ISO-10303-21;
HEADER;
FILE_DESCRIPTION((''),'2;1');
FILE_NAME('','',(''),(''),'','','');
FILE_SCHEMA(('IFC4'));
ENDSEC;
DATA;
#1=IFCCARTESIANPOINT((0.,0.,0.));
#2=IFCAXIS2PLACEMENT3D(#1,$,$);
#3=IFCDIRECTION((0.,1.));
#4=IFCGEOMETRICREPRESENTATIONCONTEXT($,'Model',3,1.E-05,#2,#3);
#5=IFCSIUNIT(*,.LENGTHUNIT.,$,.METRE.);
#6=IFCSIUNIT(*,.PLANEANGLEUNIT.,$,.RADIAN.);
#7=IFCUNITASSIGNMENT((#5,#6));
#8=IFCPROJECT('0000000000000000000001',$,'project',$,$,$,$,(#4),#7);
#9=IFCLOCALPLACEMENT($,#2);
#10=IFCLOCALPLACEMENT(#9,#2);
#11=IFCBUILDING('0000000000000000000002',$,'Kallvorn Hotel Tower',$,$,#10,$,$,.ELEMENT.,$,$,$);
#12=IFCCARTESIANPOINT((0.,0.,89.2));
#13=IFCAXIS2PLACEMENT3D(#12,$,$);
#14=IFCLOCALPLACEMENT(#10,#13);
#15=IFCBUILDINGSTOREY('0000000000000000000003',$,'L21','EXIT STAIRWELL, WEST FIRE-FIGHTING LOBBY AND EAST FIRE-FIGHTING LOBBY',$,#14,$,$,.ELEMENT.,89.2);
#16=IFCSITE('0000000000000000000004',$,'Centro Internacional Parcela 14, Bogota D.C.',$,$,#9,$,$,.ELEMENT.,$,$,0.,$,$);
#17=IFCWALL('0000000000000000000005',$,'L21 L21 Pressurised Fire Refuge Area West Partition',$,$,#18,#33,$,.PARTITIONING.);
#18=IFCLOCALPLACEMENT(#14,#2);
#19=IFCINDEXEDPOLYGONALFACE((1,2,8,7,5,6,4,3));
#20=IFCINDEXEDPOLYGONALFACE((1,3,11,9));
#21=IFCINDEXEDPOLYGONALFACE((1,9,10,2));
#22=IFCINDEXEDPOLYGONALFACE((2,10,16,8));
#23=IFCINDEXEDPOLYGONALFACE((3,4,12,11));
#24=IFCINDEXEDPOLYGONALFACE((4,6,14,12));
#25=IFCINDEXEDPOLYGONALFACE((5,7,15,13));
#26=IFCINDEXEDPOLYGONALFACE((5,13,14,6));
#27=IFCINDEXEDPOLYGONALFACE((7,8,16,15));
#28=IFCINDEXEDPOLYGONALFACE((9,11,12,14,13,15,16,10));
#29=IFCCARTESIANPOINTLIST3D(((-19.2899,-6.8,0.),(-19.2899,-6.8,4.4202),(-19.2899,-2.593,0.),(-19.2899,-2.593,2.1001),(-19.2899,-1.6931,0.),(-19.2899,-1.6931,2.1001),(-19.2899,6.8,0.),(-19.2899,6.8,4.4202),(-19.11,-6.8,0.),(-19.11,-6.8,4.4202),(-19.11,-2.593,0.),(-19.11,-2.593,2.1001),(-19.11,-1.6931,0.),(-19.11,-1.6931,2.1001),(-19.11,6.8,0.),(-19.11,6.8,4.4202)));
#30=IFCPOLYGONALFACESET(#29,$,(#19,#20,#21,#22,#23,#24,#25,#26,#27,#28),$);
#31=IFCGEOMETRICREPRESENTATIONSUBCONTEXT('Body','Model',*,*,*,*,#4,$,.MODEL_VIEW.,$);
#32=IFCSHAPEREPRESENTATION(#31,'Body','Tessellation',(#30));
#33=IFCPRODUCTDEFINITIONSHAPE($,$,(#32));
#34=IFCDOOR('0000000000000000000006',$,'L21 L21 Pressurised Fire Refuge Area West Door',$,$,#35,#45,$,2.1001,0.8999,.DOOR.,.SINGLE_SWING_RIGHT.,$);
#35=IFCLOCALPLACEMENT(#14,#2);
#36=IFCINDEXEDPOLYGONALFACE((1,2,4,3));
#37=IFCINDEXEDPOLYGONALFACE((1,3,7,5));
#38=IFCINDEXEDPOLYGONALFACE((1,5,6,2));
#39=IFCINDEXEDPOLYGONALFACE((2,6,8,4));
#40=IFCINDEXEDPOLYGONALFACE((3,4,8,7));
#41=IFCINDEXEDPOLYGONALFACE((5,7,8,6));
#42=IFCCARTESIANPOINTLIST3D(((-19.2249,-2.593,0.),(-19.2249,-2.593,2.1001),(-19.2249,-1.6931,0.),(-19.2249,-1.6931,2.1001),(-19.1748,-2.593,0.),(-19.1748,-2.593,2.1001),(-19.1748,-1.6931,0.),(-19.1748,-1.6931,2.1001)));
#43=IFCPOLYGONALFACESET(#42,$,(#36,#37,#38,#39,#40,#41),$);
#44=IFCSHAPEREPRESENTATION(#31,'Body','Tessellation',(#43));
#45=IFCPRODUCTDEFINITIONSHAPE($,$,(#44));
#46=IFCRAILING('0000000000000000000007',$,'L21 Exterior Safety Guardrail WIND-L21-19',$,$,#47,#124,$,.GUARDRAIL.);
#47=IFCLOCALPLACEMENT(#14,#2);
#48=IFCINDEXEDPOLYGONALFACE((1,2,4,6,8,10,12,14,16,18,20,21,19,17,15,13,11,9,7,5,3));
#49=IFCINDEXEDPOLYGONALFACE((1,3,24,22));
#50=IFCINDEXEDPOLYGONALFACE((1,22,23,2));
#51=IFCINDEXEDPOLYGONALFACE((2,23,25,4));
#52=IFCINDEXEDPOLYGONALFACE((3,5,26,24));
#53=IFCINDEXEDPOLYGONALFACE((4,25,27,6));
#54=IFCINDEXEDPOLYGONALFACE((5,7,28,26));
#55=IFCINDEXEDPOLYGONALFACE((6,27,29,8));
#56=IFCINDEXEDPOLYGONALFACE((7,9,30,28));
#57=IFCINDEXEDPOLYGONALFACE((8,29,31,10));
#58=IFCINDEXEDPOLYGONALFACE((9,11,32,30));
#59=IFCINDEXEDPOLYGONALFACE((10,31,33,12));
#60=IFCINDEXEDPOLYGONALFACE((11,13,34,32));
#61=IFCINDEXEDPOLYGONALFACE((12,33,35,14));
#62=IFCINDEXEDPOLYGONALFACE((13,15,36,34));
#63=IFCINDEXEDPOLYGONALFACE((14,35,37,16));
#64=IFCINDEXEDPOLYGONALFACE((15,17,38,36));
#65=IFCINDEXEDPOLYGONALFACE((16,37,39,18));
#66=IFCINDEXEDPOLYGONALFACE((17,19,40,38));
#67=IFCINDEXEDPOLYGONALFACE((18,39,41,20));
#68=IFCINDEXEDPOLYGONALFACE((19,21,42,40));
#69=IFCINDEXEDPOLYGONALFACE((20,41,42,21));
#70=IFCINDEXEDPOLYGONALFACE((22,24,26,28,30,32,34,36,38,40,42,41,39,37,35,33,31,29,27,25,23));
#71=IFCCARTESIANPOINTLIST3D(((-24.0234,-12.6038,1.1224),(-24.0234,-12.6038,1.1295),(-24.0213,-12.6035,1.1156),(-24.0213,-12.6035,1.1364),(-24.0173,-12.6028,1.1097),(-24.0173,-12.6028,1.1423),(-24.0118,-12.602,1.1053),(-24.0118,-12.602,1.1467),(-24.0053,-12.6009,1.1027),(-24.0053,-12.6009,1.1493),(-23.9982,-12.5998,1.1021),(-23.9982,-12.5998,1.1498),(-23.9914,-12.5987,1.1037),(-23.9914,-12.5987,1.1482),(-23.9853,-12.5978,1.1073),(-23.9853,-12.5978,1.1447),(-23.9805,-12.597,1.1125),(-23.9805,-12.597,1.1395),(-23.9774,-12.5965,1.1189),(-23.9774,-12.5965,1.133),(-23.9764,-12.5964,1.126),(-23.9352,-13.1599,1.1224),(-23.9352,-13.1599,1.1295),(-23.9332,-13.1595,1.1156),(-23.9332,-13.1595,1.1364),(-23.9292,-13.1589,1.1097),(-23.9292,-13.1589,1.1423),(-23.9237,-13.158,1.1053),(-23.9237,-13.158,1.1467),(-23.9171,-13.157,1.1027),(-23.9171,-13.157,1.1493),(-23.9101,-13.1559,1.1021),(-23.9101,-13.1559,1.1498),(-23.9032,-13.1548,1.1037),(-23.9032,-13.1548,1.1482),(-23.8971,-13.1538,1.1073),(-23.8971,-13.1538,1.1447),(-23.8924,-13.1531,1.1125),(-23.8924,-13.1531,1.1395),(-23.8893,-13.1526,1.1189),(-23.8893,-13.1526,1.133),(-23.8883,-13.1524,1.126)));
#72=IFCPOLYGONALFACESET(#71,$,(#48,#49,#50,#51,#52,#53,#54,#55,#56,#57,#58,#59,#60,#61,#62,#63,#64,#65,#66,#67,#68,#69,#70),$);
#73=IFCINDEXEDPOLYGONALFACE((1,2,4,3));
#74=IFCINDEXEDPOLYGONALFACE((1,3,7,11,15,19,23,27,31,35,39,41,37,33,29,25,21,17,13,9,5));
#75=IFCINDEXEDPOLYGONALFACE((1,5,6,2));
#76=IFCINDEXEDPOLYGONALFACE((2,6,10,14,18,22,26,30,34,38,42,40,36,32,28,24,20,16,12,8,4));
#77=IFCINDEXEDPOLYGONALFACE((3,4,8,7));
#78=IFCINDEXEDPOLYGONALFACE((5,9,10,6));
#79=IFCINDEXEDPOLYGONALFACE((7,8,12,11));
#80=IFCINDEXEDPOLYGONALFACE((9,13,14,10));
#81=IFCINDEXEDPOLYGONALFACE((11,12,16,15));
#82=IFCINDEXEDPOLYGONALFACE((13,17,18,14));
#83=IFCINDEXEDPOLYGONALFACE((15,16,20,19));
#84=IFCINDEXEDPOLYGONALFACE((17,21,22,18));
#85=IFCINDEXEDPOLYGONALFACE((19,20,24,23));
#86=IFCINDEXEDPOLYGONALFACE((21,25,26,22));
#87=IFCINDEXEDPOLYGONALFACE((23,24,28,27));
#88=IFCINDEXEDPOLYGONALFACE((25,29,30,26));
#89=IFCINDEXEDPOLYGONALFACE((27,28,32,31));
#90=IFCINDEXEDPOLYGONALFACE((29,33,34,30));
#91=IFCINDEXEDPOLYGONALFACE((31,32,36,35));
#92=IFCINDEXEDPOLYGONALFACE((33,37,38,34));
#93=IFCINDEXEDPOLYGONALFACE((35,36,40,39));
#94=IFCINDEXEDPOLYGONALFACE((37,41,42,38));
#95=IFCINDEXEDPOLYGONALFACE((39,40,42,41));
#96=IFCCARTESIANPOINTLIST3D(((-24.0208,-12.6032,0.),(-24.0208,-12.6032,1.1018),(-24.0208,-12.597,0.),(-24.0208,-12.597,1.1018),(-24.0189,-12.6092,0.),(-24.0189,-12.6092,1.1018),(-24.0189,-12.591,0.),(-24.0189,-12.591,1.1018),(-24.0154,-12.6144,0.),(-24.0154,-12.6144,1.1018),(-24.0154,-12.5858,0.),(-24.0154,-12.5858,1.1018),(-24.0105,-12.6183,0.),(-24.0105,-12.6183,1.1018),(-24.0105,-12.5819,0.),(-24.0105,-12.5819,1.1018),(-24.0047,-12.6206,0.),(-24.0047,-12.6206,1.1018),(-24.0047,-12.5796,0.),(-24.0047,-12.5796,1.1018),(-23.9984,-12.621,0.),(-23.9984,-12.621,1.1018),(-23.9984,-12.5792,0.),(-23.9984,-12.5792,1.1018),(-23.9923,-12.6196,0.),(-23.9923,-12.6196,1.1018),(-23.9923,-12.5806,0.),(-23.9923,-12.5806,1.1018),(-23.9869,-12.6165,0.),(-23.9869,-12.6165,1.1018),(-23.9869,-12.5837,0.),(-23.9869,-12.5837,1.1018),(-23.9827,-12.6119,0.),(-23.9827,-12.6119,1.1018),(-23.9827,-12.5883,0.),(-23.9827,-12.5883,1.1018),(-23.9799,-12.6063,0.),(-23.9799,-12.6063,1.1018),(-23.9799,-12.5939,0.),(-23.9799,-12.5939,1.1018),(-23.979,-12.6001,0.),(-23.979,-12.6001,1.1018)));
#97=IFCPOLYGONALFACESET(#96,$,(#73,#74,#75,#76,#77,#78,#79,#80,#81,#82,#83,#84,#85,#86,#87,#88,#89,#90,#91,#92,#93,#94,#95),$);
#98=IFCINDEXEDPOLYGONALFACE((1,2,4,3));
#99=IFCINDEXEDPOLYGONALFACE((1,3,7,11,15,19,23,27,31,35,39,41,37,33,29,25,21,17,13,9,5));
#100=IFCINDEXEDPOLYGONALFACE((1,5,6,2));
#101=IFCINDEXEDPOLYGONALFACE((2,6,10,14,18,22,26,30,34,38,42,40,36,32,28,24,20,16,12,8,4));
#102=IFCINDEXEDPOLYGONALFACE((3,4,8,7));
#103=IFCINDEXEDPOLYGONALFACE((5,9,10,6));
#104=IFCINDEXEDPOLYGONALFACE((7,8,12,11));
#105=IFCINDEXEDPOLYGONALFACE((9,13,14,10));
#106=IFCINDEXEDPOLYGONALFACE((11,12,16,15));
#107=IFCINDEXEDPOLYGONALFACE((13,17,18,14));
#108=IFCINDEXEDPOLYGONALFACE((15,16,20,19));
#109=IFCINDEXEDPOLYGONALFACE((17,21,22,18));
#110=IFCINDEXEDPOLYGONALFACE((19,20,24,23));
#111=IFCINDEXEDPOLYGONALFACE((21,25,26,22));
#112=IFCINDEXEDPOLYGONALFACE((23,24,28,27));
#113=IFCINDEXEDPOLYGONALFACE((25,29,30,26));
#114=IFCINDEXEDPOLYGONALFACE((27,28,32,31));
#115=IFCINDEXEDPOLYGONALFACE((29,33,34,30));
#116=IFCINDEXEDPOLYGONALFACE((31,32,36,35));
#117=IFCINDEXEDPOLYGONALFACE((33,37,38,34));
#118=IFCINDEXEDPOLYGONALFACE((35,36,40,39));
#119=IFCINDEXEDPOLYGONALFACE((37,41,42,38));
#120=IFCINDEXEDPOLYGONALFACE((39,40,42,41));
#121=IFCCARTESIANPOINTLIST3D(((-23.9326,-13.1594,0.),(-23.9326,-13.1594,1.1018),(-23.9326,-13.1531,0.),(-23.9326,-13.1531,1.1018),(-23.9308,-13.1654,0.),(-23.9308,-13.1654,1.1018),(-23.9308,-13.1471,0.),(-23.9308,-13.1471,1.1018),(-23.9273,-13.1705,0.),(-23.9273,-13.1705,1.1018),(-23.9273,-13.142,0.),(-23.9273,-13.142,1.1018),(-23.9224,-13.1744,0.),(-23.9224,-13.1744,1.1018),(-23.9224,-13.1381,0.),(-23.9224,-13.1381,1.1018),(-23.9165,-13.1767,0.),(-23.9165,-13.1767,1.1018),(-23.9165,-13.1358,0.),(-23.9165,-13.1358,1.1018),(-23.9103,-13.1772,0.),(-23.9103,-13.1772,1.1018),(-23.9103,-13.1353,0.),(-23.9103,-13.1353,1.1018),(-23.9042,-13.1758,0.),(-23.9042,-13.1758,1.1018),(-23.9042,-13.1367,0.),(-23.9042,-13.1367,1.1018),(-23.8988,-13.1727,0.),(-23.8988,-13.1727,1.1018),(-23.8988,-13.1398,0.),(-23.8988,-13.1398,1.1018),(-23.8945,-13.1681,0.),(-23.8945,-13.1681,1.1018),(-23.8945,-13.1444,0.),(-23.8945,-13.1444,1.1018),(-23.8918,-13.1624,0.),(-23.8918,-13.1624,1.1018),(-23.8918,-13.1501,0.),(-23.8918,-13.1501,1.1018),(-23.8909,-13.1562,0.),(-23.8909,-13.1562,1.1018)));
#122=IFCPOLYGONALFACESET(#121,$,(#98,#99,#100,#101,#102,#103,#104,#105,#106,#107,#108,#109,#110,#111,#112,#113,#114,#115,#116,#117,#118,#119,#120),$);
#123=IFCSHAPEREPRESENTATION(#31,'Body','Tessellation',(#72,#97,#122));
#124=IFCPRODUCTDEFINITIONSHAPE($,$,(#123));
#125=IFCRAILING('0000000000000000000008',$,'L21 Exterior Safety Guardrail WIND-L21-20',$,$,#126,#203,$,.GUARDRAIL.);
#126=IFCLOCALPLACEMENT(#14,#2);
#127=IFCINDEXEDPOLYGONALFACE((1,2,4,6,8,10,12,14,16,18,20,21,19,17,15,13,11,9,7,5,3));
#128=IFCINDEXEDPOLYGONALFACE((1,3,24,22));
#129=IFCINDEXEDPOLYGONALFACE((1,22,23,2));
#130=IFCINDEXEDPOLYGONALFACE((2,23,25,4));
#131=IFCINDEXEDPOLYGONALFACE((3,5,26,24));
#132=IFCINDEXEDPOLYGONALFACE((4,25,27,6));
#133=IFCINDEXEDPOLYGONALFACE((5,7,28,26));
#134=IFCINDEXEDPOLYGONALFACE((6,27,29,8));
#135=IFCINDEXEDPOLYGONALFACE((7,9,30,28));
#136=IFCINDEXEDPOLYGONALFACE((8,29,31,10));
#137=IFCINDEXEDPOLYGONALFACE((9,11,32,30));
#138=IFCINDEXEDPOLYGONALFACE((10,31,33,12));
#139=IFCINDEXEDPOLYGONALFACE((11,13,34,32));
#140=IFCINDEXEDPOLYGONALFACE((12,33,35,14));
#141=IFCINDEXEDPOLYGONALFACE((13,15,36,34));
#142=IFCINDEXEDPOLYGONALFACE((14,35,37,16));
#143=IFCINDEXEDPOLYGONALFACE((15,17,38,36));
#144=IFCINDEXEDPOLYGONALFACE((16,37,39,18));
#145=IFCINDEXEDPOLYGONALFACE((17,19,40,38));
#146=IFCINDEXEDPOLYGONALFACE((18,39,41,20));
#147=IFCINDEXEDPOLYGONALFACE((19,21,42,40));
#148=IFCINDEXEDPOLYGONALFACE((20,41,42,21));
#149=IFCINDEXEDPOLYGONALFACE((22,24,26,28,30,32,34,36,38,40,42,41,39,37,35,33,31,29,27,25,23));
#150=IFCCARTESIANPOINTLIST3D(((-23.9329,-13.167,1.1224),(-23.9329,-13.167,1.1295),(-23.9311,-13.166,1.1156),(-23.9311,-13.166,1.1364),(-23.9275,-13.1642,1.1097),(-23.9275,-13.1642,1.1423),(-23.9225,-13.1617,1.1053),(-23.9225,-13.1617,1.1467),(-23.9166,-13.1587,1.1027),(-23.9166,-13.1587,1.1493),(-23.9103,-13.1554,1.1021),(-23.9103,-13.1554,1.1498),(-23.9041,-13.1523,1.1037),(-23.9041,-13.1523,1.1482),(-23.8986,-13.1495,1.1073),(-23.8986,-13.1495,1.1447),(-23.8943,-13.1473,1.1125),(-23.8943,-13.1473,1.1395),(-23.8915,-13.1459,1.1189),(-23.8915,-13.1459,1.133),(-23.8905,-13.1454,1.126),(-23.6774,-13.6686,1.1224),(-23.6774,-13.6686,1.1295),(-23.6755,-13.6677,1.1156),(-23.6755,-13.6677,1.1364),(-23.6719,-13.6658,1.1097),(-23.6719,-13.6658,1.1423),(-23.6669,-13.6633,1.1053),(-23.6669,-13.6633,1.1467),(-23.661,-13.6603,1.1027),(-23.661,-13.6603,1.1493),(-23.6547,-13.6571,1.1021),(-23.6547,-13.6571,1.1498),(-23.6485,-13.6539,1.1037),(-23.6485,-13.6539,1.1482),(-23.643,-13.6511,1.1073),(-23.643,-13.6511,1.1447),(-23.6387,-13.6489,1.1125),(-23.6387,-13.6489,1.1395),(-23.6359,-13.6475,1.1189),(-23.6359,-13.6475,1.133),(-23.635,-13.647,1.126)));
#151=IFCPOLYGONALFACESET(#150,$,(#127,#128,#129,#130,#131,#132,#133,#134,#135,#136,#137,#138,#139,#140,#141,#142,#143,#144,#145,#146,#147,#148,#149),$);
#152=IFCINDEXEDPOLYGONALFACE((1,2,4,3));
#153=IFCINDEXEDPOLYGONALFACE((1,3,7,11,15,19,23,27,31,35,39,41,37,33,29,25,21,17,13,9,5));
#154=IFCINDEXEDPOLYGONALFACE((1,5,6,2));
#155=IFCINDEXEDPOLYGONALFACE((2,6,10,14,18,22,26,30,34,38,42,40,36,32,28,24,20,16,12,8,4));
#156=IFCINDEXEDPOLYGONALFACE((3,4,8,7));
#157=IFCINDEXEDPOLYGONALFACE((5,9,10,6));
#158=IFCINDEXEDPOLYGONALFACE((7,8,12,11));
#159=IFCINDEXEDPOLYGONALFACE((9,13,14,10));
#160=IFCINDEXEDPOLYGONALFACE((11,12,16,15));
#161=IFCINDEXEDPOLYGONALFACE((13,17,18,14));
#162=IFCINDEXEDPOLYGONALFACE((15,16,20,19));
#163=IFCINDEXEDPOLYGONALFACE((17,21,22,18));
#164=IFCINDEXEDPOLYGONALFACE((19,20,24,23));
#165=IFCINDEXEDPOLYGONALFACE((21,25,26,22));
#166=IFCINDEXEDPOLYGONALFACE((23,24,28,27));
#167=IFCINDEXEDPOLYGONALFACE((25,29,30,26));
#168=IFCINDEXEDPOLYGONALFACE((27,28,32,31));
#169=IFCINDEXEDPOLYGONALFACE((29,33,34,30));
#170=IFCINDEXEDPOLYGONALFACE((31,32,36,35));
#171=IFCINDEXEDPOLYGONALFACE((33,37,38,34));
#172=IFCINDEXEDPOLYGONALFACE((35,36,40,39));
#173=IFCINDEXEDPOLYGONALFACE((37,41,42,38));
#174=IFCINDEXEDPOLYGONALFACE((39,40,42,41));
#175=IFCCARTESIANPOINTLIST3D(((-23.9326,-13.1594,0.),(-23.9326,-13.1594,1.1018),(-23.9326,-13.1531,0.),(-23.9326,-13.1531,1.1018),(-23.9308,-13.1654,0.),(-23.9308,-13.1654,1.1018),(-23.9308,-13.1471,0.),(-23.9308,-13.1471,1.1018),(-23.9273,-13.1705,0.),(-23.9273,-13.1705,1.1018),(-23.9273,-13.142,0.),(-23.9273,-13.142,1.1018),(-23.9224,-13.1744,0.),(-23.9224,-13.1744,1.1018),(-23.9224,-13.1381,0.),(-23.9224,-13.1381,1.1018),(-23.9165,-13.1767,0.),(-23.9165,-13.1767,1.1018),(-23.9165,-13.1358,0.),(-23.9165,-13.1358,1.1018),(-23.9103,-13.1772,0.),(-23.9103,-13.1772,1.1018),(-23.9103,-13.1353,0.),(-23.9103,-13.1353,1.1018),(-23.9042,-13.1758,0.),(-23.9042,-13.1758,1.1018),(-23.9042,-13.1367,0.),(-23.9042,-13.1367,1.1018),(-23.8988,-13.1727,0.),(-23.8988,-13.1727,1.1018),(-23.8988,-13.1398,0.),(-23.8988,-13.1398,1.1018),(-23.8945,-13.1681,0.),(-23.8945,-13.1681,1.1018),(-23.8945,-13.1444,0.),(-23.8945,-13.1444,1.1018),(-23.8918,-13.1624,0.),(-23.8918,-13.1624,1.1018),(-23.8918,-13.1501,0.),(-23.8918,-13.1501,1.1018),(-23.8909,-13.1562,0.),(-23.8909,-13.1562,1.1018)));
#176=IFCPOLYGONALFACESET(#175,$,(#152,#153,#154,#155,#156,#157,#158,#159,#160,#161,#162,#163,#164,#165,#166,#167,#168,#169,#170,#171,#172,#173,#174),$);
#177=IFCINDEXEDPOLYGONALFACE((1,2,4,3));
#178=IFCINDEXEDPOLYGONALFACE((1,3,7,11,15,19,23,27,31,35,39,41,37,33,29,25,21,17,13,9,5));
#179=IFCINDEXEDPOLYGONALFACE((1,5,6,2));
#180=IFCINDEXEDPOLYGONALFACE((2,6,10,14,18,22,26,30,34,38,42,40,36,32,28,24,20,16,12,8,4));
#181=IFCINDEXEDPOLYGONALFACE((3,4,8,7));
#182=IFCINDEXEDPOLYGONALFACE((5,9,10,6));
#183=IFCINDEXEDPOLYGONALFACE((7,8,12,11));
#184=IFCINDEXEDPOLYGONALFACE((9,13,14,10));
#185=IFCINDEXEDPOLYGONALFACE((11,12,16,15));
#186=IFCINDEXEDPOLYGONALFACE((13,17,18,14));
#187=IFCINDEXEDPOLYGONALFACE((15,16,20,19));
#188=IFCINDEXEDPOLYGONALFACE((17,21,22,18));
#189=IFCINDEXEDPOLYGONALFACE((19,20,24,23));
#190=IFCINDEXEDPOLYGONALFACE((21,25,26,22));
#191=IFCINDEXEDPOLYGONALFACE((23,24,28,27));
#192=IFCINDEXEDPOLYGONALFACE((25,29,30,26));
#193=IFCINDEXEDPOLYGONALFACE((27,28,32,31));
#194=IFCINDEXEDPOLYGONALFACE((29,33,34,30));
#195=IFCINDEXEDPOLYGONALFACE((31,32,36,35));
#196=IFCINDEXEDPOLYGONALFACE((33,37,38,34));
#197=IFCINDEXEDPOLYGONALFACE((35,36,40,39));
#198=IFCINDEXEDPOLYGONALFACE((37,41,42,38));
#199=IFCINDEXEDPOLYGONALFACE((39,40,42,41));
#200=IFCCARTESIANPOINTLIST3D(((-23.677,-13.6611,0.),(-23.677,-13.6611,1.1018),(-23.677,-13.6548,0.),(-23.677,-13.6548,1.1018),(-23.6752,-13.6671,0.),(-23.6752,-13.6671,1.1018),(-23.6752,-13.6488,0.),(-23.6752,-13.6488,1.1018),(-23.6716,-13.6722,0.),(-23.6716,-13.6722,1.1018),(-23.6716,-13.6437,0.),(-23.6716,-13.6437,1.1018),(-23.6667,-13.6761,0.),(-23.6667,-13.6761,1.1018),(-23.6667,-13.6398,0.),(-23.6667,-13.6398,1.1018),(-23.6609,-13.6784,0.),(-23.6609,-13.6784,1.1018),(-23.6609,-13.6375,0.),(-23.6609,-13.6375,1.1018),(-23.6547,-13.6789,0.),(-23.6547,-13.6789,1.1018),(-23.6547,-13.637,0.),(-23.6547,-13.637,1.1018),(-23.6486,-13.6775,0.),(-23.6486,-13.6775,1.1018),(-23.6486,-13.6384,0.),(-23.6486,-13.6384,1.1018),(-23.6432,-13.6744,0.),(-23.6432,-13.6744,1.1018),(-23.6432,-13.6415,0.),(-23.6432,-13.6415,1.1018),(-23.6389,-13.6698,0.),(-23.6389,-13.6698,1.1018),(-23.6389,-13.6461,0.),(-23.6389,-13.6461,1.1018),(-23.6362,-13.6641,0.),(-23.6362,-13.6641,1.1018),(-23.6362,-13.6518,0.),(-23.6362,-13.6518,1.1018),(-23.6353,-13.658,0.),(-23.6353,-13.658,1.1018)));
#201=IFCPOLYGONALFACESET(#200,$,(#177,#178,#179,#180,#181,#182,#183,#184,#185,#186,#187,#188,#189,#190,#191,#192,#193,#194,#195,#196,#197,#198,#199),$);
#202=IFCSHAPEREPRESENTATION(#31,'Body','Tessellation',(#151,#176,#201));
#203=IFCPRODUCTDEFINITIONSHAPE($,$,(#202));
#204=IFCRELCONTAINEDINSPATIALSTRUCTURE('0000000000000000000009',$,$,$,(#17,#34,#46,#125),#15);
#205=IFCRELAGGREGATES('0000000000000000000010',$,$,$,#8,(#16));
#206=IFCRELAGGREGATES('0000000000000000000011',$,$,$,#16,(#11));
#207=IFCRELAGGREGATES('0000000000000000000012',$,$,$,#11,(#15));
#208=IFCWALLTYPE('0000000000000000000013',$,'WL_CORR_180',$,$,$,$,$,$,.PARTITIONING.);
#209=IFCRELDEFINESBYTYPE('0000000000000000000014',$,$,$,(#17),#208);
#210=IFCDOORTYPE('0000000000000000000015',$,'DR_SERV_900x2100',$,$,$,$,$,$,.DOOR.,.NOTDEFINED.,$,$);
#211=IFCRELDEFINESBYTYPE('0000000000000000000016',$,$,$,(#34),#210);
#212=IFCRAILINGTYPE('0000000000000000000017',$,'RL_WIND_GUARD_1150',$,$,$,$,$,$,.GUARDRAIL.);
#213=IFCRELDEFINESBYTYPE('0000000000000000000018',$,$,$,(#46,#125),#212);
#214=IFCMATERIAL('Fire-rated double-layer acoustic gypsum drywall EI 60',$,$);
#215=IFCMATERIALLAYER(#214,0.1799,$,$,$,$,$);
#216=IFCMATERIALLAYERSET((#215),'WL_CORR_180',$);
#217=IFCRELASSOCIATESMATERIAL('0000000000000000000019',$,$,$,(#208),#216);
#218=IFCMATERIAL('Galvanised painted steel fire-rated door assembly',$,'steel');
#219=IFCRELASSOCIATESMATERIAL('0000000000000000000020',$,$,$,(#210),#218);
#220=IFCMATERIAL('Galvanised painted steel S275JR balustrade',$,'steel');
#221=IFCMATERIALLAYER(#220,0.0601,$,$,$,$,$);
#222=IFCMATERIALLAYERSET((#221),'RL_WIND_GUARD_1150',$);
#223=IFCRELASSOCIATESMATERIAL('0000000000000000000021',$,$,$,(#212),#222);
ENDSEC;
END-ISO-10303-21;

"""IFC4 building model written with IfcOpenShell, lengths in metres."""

from ifc_helpers import new_model, si_unit, direction, frame, frame_2d, origin, origin_2d, place, context, subcontext, project, spatial, rectangle, circle, extrude, material, layer, layer_set, type_object, element, fill, save


model = new_model("IFC4")

# Units and contexts
model_context = context("Model", 3, precision=1e-05, world=origin(), true_north=direction((0.0, 1.0)))
body_context = subcontext(model_context, "Body", "Model", "MODEL_VIEW")
ifc_project = project(units=[si_unit("LENGTHUNIT", "METRE"), si_unit("PLANEANGLEUNIT", "RADIAN")], contexts=[model_context])

# Site, building, storey
site_placement = place(None, origin())
site = spatial("IfcSite", under=ifc_project, at=site_placement, Name="Centro Internacional Parcela 14, Bogota D.C.", CompositionType="ELEMENT", RefElevation=0.0)
building_placement = place(site_placement, origin())
building = spatial("IfcBuilding", under=site, at=building_placement, Name="Kallvorn Hotel Tower", CompositionType="ELEMENT")
storey_placement = place(building_placement, frame((0.0, 0.0, 89.2)))
storey = spatial("IfcBuildingStorey", under=building, at=storey_placement, Name="L21", Description="EXIT STAIRWELL, WEST FIRE-FIGHTING LOBBY AND EAST FIRE-FIGHTING LOBBY", CompositionType="ELEMENT", Elevation=89.2)

# Shared definitions
ifc_material_1 = material(Name="Fire-rated double-layer acoustic gypsum drywall EI 60")
ifc_layer_1 = layer(ifc_material_1, 0.1799)
ifc_layer_set_1 = layer_set([ifc_layer_1], Name="WL_CORR_180")
wall_type = type_object("IfcWallType", Name="WL_CORR_180", PredefinedType="PARTITIONING", material=ifc_layer_set_1)

# Wall, opening, door
wall_1_placement = place(storey_placement, frame((-19.2, -6.8, 0.0), z_axis=(0.0, 0.0, 1.0), x_axis=(0.0, 1.0, 0.0)))
wall_1 = element("IfcWall", 1, at=wall_1_placement, inside=storey, type_object=wall_type, Name="L21 L21 Pressurised Fire Refuge Area West Partition", PredefinedType="PARTITIONING", context=body_context, shape_type="SweptSolid", body=[
    extrude(rectangle(XDim=13.6001, YDim=0.1799, at=frame_2d((6.8, 0.0))), origin(), (0.0, 0.0, 1.0), 4.4202),
])
opening_placement = place(wall_1_placement, frame((4.207, 0.0, 0.0)))
opening = element("IfcOpeningElement", 2, at=opening_placement, cuts=wall_1, PredefinedType="OPENING", context=body_context, shape_type="SweptSolid", body=[
    extrude(rectangle(XDim=0.8999, YDim=2.1001, at=frame_2d((0.45, 1.05))), frame((0.0, 0.1047, 0.0), z_axis=(0.0, -1.0, 0.0), x_axis=(1.0, 0.0, 0.0)), (0.0, 0.0, 1.0), 0.21),
])
ifc_material_2 = material(Name="Galvanised painted steel fire-rated door assembly", Category="steel")
door_type = type_object("IfcDoorType", Name="DR_SERV_900x2100", OperationType="NOTDEFINED", PredefinedType="DOOR", material=ifc_material_2)
door_placement = place(opening_placement, origin())
door = element("IfcDoor", 3, at=door_placement, inside=storey, type_object=door_type, Name="L21 L21 Pressurised Fire Refuge Area West Door", OperationType="SINGLE_SWING_RIGHT", OverallHeight=2.1001, OverallWidth=0.8999, PredefinedType="DOOR", context=body_context, shape_type="SweptSolid", body=[
    extrude(rectangle(XDim=0.8999, YDim=2.1001, at=frame_2d((0.45, 1.05))), frame((0.0, 0.0249, 0.0), z_axis=(0.0, -1.0, 0.0), x_axis=(1.0, 0.0, 0.0)), (0.0, 0.0, 1.0), 0.05),
])
fill(opening, door)

# Railings
ifc_material_3 = material(Name="Galvanised painted steel S275JR balustrade", Category="steel")
ifc_layer_2 = layer(ifc_material_3, 0.0601)
ifc_layer_set_2 = layer_set([ifc_layer_2], Name="RL_WIND_GUARD_1150")
railing_type = type_object("IfcRailingType", Name="RL_WIND_GUARD_1150", PredefinedType="GUARDRAIL", material=ifc_layer_set_2)
railing_1_placement = place(storey_placement, frame((-24.0, -12.6001, 0.0)))
element("IfcRailing", 4, at=railing_1_placement, inside=storey, type_object=railing_type, Name="L21 Exterior Safety Guardrail WIND-L21-19", PredefinedType="GUARDRAIL", context=body_context, shape_type="SweptSolid", body=[
    extrude(circle(Radius=0.0239, at=origin_2d()), frame((0.0, 0.0, 1.126), z_axis=(0.156519, -0.987675, 0.0), x_axis=(0.987675, 0.156519, 0.0)), (0.0, 0.0, 1.0), 0.563),
    extrude(circle(Radius=0.021, at=origin_2d()), origin(), (0.0, 0.0, 1.0), 1.1018),
    extrude(circle(Radius=0.021, at=origin_2d()), frame((0.0881, -0.5562, 0.0)), (0.0, 0.0, 1.0), 1.1018),
])
railing_2_placement = place(storey_placement, frame((-23.9119, -13.1562, 0.0)))
element("IfcRailing", 5, at=railing_2_placement, inside=storey, type_object=railing_type, Name="L21 Exterior Safety Guardrail WIND-L21-20", PredefinedType="GUARDRAIL", context=body_context, shape_type="SweptSolid", body=[
    extrude(circle(Radius=0.0239, at=origin_2d()), frame((0.0, 0.0, 1.126), z_axis=(0.453965, -0.89102, 0.0), x_axis=(0.89102, 0.453965, 0.0)), (0.0, 0.0, 1.0), 0.563),
    extrude(circle(Radius=0.021, at=origin_2d()), origin(), (0.0, 0.0, 1.0), 1.1018),
    extrude(circle(Radius=0.021, at=origin_2d()), frame((0.2556, -0.5017, 0.0)), (0.0, 0.0, 1.0), 1.1018),
])

save(model, "model.ifc")
